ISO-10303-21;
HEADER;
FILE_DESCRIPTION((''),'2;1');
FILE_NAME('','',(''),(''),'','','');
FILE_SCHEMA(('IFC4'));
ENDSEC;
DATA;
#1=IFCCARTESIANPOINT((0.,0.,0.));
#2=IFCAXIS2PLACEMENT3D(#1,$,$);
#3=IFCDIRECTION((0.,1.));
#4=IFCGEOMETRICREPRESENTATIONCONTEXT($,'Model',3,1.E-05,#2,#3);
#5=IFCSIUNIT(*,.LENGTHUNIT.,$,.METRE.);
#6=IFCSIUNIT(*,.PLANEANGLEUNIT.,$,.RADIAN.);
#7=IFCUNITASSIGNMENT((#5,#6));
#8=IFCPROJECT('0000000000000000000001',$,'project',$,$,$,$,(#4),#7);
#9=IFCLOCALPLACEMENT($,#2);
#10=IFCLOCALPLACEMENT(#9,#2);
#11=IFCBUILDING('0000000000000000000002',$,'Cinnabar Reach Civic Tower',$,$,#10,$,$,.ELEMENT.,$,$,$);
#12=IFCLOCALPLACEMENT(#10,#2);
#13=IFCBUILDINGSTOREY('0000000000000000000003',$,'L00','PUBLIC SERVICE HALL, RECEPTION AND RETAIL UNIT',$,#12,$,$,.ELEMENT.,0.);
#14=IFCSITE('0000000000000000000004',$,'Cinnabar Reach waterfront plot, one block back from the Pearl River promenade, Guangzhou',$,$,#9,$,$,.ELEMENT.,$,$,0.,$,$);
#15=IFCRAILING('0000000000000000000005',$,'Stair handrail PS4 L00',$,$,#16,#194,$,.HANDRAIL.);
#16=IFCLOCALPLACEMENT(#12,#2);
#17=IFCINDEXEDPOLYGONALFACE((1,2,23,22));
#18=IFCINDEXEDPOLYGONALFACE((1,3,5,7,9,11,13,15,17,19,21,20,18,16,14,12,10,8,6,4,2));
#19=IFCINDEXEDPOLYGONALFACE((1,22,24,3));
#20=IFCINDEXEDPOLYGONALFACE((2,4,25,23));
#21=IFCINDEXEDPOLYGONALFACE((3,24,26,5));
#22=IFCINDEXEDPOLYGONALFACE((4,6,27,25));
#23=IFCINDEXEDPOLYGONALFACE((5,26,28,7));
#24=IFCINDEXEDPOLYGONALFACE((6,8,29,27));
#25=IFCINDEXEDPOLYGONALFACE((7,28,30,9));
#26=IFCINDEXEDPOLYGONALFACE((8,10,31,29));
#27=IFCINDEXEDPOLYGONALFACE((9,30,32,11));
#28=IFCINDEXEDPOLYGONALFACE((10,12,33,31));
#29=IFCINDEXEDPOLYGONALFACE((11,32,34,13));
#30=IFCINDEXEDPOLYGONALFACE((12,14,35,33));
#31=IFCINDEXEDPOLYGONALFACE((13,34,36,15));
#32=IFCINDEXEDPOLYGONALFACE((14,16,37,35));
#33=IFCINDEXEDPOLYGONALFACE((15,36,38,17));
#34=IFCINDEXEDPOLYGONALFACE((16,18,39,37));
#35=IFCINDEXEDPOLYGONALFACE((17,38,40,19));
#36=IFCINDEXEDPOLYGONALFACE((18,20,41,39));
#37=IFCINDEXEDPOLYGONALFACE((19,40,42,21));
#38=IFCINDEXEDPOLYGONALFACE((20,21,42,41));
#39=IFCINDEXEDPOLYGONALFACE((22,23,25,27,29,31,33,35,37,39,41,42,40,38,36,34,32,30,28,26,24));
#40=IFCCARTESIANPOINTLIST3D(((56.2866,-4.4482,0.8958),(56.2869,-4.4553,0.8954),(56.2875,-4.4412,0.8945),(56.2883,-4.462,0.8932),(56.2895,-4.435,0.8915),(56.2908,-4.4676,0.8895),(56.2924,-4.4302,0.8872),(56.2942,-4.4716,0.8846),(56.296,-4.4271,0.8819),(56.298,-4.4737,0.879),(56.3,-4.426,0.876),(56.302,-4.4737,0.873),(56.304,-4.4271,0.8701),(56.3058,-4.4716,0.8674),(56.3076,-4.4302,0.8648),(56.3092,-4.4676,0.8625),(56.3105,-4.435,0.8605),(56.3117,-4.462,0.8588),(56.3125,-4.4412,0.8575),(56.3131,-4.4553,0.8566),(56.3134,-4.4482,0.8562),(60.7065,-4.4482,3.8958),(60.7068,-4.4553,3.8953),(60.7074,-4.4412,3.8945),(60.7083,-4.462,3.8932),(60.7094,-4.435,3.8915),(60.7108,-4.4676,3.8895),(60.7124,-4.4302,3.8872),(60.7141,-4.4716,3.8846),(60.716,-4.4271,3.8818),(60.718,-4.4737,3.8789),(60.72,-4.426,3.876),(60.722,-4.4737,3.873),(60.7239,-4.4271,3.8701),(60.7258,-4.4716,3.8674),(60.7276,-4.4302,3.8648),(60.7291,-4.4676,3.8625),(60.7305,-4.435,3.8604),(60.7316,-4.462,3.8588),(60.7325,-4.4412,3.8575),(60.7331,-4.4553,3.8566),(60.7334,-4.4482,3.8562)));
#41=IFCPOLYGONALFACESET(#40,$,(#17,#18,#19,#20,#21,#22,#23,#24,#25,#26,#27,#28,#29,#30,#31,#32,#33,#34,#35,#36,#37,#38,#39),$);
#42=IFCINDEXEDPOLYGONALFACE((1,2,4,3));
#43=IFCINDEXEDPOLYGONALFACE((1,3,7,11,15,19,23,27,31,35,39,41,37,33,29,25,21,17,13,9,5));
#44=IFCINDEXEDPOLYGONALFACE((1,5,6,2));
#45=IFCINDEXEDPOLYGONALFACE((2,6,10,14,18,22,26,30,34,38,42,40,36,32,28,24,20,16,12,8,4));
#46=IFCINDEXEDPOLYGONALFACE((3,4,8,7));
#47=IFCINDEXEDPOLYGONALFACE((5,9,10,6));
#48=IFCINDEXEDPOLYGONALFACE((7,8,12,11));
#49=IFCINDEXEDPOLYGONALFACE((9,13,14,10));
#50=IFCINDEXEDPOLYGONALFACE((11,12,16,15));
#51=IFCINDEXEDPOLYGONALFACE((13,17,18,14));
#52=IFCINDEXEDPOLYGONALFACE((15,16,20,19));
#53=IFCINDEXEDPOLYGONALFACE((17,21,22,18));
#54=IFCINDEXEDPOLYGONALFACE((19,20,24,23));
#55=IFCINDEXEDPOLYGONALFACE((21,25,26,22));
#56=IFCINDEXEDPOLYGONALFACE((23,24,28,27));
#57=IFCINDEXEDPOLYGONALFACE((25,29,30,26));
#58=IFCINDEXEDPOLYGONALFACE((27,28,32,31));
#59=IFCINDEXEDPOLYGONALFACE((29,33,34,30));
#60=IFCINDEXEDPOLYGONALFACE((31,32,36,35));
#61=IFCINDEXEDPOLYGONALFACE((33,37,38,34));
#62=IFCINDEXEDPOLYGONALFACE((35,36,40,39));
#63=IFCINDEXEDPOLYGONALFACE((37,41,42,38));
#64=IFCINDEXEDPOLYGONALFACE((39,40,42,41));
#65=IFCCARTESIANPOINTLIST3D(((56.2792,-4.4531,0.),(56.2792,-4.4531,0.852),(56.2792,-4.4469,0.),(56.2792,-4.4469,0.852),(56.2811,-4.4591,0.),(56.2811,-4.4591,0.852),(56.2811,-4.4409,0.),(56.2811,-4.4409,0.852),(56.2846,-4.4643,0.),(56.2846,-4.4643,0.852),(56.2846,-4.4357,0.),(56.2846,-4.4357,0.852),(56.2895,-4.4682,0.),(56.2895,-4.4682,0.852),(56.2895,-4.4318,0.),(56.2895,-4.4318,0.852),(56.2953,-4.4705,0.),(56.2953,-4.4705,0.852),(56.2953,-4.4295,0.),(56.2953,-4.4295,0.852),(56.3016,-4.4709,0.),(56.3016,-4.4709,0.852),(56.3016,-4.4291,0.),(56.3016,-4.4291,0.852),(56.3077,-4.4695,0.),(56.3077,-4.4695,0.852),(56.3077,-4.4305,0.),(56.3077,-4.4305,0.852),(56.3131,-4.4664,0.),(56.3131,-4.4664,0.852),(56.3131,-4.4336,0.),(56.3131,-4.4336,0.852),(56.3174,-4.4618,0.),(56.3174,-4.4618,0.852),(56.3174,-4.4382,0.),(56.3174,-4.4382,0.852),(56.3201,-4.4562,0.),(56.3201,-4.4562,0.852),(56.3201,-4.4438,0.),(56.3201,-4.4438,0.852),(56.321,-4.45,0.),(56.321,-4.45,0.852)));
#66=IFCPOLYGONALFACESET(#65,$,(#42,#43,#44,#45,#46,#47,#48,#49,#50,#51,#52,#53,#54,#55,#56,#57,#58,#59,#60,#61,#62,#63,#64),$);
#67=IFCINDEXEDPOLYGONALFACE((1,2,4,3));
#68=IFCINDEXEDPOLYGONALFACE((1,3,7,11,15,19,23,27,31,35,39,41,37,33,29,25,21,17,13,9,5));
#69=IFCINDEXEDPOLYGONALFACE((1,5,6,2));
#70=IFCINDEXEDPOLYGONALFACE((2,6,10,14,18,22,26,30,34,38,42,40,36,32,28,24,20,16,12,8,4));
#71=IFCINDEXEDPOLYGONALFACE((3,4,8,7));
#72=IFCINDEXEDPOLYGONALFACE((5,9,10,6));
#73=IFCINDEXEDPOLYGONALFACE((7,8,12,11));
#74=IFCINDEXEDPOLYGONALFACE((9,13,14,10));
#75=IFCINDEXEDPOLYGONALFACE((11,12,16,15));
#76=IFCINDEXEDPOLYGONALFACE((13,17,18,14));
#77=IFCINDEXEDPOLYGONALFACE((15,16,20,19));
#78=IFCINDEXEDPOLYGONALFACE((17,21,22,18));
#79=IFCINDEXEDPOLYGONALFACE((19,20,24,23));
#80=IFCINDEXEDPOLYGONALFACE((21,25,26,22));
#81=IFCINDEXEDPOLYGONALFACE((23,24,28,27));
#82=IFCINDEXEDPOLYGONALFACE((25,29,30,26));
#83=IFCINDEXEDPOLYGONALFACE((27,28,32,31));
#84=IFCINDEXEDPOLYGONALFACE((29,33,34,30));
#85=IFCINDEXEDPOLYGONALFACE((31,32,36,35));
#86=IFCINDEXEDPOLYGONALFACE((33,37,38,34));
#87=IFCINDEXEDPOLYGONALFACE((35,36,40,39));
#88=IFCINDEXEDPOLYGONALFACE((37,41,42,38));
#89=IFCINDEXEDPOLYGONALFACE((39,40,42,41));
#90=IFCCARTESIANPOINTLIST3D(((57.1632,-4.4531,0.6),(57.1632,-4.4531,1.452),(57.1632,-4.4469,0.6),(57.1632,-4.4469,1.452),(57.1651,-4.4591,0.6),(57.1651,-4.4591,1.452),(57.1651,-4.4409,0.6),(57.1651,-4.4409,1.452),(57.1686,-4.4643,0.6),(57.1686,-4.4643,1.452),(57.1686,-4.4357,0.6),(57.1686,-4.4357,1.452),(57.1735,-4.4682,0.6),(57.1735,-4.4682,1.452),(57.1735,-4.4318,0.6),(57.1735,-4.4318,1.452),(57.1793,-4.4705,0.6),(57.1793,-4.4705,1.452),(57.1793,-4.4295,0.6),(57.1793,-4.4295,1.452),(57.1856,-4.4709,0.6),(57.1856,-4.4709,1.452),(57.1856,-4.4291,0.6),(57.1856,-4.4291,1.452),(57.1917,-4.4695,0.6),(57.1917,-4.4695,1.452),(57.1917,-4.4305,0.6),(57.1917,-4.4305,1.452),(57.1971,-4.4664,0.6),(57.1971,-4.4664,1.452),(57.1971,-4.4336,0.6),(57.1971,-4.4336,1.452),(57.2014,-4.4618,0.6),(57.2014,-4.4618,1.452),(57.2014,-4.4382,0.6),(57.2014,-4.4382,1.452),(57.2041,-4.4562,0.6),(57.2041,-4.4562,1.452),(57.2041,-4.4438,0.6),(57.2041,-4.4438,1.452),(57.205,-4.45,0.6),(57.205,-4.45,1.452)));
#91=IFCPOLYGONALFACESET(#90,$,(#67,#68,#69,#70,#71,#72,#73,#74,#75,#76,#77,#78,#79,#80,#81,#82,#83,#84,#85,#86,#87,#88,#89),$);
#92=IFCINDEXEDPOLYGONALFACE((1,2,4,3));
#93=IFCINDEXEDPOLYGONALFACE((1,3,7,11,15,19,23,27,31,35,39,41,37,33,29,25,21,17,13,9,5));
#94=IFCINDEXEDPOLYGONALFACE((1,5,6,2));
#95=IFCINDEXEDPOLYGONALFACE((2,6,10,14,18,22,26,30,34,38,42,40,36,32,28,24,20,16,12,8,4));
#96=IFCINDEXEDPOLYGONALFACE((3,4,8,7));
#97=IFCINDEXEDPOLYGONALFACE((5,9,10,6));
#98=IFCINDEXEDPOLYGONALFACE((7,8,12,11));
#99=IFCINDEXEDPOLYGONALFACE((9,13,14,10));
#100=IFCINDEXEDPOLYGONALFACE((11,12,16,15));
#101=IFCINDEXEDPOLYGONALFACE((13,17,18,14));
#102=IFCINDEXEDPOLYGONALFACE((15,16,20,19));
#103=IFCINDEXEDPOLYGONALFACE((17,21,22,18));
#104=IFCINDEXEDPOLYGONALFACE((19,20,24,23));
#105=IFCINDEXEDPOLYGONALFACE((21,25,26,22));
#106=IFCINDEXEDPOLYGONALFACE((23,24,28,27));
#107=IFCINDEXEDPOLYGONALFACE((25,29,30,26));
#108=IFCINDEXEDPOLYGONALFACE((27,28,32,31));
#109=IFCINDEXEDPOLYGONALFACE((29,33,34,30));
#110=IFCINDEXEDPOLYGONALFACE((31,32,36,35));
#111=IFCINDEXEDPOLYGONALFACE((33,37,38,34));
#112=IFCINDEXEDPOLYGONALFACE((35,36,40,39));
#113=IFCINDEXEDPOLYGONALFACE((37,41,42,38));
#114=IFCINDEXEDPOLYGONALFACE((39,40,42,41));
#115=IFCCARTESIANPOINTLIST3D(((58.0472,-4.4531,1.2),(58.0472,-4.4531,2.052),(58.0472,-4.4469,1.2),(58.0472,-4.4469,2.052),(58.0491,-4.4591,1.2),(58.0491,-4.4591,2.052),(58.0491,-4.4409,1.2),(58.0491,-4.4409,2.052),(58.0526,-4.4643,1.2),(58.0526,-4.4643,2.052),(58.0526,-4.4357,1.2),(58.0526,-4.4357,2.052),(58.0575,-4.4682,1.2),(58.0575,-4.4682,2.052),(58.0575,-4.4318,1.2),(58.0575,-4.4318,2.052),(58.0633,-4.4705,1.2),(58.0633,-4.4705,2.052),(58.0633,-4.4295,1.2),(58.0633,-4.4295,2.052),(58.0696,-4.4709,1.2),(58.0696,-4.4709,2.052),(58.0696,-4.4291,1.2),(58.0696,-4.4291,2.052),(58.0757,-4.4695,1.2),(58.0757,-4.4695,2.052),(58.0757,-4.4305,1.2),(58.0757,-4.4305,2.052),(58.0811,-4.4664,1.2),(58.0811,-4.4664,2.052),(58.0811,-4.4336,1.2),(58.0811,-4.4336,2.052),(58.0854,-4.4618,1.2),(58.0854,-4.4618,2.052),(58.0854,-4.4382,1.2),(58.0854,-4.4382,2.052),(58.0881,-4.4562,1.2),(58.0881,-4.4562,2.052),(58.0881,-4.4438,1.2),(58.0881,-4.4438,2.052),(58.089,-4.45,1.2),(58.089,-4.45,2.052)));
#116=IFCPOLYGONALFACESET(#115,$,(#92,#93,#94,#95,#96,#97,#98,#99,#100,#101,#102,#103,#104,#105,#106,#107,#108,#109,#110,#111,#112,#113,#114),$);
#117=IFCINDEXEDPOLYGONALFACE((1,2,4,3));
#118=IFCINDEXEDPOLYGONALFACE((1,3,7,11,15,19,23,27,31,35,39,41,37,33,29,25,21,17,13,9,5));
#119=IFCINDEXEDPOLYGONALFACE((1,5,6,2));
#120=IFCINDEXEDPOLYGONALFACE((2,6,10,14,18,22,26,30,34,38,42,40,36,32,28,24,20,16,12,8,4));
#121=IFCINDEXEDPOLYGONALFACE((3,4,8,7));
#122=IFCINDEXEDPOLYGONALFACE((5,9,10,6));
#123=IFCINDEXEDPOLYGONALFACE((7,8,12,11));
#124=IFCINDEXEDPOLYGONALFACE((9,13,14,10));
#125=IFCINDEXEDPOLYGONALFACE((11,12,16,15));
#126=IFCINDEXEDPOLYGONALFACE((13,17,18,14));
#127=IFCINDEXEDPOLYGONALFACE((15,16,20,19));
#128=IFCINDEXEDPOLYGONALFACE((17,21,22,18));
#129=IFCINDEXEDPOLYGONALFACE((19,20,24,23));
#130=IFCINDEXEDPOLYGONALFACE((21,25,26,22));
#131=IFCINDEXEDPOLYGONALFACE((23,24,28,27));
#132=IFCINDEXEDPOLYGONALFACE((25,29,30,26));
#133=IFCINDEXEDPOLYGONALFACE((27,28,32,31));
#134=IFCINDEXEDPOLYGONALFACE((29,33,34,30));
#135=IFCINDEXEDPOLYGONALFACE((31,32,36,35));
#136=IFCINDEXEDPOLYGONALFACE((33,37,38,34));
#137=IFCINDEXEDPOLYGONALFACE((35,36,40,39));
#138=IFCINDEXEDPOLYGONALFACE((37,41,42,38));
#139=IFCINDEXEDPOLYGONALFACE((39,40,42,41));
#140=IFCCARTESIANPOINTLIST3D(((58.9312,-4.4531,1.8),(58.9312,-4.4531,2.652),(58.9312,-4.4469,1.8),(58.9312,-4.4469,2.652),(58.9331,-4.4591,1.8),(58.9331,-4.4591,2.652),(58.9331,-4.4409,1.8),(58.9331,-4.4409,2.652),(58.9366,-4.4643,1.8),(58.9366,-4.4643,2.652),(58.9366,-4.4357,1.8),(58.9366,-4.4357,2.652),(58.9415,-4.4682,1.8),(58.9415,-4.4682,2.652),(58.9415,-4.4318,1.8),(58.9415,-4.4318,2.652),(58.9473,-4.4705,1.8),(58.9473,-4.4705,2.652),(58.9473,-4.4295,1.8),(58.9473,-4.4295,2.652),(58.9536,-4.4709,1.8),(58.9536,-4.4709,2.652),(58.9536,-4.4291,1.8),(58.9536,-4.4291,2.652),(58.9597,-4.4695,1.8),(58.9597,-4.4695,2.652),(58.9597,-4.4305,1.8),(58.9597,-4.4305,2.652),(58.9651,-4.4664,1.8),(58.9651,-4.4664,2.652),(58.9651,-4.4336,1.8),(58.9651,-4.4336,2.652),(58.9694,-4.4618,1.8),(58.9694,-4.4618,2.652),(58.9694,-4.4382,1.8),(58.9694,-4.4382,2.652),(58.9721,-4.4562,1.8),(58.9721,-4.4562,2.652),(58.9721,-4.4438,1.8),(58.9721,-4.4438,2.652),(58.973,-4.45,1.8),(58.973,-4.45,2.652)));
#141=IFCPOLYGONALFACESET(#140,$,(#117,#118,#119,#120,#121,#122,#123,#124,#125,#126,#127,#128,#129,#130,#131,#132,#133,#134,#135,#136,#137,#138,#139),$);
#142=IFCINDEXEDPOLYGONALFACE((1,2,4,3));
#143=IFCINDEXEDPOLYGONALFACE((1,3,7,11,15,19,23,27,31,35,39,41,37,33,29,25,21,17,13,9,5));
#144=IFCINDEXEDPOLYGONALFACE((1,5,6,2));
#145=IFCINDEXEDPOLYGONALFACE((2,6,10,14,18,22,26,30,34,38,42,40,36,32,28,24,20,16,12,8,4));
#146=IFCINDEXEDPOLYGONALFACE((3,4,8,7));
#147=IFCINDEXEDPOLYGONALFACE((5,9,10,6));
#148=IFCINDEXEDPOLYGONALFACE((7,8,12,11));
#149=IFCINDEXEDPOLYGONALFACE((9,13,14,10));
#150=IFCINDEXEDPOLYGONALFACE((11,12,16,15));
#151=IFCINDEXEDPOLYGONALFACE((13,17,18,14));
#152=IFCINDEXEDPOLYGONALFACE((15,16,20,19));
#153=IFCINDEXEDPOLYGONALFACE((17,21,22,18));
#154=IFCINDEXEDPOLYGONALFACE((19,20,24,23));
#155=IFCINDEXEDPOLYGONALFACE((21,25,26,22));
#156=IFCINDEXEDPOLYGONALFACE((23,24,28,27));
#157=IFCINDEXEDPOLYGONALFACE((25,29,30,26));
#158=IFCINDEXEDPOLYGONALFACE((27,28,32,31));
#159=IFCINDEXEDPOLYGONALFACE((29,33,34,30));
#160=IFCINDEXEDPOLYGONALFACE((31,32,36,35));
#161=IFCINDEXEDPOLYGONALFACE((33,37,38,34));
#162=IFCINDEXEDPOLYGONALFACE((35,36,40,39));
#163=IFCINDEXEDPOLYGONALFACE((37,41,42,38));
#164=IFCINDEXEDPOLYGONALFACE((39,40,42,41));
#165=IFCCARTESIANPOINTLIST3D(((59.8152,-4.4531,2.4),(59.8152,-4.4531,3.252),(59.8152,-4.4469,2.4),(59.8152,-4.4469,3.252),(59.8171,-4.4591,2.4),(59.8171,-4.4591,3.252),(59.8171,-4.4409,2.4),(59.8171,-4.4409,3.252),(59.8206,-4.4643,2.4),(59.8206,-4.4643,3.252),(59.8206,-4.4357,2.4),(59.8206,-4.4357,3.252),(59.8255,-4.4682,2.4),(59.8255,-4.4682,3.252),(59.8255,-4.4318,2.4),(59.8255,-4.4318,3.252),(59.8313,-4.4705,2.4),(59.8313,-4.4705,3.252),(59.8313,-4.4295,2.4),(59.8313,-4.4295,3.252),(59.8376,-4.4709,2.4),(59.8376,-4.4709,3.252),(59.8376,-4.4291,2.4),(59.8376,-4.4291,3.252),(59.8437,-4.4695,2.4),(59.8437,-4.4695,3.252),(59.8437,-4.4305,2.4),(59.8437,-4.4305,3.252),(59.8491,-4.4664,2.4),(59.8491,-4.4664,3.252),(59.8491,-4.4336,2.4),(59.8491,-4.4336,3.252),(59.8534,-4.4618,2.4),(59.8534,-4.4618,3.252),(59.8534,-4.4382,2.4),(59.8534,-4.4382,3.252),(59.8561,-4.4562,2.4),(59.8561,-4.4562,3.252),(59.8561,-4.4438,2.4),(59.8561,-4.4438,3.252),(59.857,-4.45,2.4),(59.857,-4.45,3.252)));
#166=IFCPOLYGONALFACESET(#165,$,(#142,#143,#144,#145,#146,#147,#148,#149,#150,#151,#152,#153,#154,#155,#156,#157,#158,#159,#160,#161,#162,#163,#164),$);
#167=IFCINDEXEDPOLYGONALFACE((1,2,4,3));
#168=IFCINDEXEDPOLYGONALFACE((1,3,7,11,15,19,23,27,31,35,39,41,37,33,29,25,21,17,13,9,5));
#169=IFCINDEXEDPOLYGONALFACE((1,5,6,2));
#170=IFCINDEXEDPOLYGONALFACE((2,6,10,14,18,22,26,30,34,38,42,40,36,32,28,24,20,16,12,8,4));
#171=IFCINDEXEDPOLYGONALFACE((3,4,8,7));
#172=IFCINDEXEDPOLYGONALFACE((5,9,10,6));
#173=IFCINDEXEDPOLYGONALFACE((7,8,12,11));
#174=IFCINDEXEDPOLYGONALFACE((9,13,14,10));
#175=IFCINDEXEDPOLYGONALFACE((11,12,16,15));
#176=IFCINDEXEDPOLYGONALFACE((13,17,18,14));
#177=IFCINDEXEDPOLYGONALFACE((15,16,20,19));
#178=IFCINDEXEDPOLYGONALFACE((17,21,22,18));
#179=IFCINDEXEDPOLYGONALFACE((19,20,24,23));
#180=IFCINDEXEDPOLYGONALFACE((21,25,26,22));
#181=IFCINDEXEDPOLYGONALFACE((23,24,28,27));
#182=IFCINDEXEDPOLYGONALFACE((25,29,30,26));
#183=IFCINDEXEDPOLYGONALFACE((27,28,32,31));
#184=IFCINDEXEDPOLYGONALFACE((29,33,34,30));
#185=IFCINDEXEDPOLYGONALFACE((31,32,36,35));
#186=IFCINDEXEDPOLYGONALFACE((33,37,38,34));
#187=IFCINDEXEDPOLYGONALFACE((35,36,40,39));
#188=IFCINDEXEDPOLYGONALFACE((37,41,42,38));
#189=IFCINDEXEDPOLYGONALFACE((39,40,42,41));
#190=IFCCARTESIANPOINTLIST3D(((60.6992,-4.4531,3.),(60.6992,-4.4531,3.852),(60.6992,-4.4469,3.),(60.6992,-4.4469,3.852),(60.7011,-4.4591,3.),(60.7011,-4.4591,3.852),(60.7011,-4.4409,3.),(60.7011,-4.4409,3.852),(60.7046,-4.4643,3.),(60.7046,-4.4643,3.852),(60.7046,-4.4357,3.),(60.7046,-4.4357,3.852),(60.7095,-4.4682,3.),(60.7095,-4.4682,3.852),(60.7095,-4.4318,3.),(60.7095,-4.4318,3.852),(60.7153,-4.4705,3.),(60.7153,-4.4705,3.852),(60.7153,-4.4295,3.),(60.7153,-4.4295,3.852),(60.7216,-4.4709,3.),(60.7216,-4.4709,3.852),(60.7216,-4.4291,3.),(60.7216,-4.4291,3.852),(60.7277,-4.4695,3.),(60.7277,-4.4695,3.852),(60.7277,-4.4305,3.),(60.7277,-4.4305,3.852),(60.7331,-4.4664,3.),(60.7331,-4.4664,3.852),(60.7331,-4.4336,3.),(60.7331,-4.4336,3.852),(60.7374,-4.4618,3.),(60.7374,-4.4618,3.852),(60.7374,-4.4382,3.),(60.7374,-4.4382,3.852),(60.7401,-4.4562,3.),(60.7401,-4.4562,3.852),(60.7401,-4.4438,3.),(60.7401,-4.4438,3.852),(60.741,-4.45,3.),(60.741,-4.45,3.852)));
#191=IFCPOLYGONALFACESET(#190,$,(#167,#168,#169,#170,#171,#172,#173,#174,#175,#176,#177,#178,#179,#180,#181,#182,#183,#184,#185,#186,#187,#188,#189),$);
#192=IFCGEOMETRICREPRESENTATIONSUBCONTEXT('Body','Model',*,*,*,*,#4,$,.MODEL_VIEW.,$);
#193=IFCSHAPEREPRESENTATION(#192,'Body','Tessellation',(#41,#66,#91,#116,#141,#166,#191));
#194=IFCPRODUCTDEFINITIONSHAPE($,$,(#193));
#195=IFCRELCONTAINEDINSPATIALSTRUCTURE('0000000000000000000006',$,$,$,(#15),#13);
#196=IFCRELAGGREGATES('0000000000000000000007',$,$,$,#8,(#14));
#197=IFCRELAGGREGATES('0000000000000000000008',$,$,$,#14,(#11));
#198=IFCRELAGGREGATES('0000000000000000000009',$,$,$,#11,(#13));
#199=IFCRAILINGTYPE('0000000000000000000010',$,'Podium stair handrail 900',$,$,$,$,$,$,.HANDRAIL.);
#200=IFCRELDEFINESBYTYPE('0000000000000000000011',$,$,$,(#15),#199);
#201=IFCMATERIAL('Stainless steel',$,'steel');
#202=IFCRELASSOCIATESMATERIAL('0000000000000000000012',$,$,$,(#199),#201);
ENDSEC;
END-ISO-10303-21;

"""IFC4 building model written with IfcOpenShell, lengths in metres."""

from ifc_helpers import new_model, si_unit, direction, frame, origin, origin_2d, place, context, subcontext, project, spatial, circle, extrude, material, type_object, element, save


model = new_model("IFC4")

# Units and contexts
model_context = context("Model", 3, precision=1e-05, world=origin(), true_north=direction((0.0, 1.0)))
body_context = subcontext(model_context, "Body", "Model", "MODEL_VIEW")
ifc_project = project(units=[si_unit("LENGTHUNIT", "METRE"), si_unit("PLANEANGLEUNIT", "RADIAN")], contexts=[model_context])

# Site, building, storey
site_placement = place(None, origin())
site = spatial("IfcSite", under=ifc_project, at=site_placement, Name="Cinnabar Reach waterfront plot, one block back from the Pearl River promenade, Guangzhou", CompositionType="ELEMENT", RefElevation=0.0)
building_placement = place(site_placement, origin())
building = spatial("IfcBuilding", under=site, at=building_placement, Name="Cinnabar Reach Civic Tower", CompositionType="ELEMENT")
storey_placement = place(building_placement, origin())
storey = spatial("IfcBuildingStorey", under=building, at=storey_placement, Name="L00", Description="PUBLIC SERVICE HALL, RECEPTION AND RETAIL UNIT", CompositionType="ELEMENT", Elevation=0.0)

# Railing
ifc_material_1 = material(Name="Stainless steel", Category="steel")
railing_type_1 = type_object("IfcRailingType", Name="Podium stair handrail 900", PredefinedType="HANDRAIL", material=ifc_material_1)
railing_1_placement = place(storey_placement, frame((56.3, -4.45, 0.0)))
element("IfcRailing", 1, at=railing_1_placement, inside=storey, type_object=railing_type_1, Name="Stair handrail PS4 L00", PredefinedType="HANDRAIL", context=body_context, shape_type="SweptSolid", body=[
    extrude(circle(Radius=0.024, at=origin_2d()), frame((0.0, 0.0, 0.876), z_axis=(0.827414, 0.0, 0.561593), x_axis=(0.0, 1.0, 0.0)), (0.0, 0.0, 1.0), 5.3419),
    extrude(circle(Radius=0.021, at=origin_2d()), origin(), (0.0, 0.0, 1.0), 0.852),
    extrude(circle(Radius=0.021, at=origin_2d()), frame((0.884, 0.0, 0.6)), (0.0, 0.0, 1.0), 0.852),
    extrude(circle(Radius=0.021, at=origin_2d()), frame((1.768, 0.0, 1.2)), (0.0, 0.0, 1.0), 0.852),
    extrude(circle(Radius=0.021, at=origin_2d()), frame((2.652, 0.0, 1.8)), (0.0, 0.0, 1.0), 0.852),
    extrude(circle(Radius=0.021, at=origin_2d()), frame((3.536, 0.0, 2.4)), (0.0, 0.0, 1.0), 0.852),
    extrude(circle(Radius=0.021, at=origin_2d()), frame((4.42, 0.0, 3.0)), (0.0, 0.0, 1.0), 0.852),
])

save(model, "model.ifc")
